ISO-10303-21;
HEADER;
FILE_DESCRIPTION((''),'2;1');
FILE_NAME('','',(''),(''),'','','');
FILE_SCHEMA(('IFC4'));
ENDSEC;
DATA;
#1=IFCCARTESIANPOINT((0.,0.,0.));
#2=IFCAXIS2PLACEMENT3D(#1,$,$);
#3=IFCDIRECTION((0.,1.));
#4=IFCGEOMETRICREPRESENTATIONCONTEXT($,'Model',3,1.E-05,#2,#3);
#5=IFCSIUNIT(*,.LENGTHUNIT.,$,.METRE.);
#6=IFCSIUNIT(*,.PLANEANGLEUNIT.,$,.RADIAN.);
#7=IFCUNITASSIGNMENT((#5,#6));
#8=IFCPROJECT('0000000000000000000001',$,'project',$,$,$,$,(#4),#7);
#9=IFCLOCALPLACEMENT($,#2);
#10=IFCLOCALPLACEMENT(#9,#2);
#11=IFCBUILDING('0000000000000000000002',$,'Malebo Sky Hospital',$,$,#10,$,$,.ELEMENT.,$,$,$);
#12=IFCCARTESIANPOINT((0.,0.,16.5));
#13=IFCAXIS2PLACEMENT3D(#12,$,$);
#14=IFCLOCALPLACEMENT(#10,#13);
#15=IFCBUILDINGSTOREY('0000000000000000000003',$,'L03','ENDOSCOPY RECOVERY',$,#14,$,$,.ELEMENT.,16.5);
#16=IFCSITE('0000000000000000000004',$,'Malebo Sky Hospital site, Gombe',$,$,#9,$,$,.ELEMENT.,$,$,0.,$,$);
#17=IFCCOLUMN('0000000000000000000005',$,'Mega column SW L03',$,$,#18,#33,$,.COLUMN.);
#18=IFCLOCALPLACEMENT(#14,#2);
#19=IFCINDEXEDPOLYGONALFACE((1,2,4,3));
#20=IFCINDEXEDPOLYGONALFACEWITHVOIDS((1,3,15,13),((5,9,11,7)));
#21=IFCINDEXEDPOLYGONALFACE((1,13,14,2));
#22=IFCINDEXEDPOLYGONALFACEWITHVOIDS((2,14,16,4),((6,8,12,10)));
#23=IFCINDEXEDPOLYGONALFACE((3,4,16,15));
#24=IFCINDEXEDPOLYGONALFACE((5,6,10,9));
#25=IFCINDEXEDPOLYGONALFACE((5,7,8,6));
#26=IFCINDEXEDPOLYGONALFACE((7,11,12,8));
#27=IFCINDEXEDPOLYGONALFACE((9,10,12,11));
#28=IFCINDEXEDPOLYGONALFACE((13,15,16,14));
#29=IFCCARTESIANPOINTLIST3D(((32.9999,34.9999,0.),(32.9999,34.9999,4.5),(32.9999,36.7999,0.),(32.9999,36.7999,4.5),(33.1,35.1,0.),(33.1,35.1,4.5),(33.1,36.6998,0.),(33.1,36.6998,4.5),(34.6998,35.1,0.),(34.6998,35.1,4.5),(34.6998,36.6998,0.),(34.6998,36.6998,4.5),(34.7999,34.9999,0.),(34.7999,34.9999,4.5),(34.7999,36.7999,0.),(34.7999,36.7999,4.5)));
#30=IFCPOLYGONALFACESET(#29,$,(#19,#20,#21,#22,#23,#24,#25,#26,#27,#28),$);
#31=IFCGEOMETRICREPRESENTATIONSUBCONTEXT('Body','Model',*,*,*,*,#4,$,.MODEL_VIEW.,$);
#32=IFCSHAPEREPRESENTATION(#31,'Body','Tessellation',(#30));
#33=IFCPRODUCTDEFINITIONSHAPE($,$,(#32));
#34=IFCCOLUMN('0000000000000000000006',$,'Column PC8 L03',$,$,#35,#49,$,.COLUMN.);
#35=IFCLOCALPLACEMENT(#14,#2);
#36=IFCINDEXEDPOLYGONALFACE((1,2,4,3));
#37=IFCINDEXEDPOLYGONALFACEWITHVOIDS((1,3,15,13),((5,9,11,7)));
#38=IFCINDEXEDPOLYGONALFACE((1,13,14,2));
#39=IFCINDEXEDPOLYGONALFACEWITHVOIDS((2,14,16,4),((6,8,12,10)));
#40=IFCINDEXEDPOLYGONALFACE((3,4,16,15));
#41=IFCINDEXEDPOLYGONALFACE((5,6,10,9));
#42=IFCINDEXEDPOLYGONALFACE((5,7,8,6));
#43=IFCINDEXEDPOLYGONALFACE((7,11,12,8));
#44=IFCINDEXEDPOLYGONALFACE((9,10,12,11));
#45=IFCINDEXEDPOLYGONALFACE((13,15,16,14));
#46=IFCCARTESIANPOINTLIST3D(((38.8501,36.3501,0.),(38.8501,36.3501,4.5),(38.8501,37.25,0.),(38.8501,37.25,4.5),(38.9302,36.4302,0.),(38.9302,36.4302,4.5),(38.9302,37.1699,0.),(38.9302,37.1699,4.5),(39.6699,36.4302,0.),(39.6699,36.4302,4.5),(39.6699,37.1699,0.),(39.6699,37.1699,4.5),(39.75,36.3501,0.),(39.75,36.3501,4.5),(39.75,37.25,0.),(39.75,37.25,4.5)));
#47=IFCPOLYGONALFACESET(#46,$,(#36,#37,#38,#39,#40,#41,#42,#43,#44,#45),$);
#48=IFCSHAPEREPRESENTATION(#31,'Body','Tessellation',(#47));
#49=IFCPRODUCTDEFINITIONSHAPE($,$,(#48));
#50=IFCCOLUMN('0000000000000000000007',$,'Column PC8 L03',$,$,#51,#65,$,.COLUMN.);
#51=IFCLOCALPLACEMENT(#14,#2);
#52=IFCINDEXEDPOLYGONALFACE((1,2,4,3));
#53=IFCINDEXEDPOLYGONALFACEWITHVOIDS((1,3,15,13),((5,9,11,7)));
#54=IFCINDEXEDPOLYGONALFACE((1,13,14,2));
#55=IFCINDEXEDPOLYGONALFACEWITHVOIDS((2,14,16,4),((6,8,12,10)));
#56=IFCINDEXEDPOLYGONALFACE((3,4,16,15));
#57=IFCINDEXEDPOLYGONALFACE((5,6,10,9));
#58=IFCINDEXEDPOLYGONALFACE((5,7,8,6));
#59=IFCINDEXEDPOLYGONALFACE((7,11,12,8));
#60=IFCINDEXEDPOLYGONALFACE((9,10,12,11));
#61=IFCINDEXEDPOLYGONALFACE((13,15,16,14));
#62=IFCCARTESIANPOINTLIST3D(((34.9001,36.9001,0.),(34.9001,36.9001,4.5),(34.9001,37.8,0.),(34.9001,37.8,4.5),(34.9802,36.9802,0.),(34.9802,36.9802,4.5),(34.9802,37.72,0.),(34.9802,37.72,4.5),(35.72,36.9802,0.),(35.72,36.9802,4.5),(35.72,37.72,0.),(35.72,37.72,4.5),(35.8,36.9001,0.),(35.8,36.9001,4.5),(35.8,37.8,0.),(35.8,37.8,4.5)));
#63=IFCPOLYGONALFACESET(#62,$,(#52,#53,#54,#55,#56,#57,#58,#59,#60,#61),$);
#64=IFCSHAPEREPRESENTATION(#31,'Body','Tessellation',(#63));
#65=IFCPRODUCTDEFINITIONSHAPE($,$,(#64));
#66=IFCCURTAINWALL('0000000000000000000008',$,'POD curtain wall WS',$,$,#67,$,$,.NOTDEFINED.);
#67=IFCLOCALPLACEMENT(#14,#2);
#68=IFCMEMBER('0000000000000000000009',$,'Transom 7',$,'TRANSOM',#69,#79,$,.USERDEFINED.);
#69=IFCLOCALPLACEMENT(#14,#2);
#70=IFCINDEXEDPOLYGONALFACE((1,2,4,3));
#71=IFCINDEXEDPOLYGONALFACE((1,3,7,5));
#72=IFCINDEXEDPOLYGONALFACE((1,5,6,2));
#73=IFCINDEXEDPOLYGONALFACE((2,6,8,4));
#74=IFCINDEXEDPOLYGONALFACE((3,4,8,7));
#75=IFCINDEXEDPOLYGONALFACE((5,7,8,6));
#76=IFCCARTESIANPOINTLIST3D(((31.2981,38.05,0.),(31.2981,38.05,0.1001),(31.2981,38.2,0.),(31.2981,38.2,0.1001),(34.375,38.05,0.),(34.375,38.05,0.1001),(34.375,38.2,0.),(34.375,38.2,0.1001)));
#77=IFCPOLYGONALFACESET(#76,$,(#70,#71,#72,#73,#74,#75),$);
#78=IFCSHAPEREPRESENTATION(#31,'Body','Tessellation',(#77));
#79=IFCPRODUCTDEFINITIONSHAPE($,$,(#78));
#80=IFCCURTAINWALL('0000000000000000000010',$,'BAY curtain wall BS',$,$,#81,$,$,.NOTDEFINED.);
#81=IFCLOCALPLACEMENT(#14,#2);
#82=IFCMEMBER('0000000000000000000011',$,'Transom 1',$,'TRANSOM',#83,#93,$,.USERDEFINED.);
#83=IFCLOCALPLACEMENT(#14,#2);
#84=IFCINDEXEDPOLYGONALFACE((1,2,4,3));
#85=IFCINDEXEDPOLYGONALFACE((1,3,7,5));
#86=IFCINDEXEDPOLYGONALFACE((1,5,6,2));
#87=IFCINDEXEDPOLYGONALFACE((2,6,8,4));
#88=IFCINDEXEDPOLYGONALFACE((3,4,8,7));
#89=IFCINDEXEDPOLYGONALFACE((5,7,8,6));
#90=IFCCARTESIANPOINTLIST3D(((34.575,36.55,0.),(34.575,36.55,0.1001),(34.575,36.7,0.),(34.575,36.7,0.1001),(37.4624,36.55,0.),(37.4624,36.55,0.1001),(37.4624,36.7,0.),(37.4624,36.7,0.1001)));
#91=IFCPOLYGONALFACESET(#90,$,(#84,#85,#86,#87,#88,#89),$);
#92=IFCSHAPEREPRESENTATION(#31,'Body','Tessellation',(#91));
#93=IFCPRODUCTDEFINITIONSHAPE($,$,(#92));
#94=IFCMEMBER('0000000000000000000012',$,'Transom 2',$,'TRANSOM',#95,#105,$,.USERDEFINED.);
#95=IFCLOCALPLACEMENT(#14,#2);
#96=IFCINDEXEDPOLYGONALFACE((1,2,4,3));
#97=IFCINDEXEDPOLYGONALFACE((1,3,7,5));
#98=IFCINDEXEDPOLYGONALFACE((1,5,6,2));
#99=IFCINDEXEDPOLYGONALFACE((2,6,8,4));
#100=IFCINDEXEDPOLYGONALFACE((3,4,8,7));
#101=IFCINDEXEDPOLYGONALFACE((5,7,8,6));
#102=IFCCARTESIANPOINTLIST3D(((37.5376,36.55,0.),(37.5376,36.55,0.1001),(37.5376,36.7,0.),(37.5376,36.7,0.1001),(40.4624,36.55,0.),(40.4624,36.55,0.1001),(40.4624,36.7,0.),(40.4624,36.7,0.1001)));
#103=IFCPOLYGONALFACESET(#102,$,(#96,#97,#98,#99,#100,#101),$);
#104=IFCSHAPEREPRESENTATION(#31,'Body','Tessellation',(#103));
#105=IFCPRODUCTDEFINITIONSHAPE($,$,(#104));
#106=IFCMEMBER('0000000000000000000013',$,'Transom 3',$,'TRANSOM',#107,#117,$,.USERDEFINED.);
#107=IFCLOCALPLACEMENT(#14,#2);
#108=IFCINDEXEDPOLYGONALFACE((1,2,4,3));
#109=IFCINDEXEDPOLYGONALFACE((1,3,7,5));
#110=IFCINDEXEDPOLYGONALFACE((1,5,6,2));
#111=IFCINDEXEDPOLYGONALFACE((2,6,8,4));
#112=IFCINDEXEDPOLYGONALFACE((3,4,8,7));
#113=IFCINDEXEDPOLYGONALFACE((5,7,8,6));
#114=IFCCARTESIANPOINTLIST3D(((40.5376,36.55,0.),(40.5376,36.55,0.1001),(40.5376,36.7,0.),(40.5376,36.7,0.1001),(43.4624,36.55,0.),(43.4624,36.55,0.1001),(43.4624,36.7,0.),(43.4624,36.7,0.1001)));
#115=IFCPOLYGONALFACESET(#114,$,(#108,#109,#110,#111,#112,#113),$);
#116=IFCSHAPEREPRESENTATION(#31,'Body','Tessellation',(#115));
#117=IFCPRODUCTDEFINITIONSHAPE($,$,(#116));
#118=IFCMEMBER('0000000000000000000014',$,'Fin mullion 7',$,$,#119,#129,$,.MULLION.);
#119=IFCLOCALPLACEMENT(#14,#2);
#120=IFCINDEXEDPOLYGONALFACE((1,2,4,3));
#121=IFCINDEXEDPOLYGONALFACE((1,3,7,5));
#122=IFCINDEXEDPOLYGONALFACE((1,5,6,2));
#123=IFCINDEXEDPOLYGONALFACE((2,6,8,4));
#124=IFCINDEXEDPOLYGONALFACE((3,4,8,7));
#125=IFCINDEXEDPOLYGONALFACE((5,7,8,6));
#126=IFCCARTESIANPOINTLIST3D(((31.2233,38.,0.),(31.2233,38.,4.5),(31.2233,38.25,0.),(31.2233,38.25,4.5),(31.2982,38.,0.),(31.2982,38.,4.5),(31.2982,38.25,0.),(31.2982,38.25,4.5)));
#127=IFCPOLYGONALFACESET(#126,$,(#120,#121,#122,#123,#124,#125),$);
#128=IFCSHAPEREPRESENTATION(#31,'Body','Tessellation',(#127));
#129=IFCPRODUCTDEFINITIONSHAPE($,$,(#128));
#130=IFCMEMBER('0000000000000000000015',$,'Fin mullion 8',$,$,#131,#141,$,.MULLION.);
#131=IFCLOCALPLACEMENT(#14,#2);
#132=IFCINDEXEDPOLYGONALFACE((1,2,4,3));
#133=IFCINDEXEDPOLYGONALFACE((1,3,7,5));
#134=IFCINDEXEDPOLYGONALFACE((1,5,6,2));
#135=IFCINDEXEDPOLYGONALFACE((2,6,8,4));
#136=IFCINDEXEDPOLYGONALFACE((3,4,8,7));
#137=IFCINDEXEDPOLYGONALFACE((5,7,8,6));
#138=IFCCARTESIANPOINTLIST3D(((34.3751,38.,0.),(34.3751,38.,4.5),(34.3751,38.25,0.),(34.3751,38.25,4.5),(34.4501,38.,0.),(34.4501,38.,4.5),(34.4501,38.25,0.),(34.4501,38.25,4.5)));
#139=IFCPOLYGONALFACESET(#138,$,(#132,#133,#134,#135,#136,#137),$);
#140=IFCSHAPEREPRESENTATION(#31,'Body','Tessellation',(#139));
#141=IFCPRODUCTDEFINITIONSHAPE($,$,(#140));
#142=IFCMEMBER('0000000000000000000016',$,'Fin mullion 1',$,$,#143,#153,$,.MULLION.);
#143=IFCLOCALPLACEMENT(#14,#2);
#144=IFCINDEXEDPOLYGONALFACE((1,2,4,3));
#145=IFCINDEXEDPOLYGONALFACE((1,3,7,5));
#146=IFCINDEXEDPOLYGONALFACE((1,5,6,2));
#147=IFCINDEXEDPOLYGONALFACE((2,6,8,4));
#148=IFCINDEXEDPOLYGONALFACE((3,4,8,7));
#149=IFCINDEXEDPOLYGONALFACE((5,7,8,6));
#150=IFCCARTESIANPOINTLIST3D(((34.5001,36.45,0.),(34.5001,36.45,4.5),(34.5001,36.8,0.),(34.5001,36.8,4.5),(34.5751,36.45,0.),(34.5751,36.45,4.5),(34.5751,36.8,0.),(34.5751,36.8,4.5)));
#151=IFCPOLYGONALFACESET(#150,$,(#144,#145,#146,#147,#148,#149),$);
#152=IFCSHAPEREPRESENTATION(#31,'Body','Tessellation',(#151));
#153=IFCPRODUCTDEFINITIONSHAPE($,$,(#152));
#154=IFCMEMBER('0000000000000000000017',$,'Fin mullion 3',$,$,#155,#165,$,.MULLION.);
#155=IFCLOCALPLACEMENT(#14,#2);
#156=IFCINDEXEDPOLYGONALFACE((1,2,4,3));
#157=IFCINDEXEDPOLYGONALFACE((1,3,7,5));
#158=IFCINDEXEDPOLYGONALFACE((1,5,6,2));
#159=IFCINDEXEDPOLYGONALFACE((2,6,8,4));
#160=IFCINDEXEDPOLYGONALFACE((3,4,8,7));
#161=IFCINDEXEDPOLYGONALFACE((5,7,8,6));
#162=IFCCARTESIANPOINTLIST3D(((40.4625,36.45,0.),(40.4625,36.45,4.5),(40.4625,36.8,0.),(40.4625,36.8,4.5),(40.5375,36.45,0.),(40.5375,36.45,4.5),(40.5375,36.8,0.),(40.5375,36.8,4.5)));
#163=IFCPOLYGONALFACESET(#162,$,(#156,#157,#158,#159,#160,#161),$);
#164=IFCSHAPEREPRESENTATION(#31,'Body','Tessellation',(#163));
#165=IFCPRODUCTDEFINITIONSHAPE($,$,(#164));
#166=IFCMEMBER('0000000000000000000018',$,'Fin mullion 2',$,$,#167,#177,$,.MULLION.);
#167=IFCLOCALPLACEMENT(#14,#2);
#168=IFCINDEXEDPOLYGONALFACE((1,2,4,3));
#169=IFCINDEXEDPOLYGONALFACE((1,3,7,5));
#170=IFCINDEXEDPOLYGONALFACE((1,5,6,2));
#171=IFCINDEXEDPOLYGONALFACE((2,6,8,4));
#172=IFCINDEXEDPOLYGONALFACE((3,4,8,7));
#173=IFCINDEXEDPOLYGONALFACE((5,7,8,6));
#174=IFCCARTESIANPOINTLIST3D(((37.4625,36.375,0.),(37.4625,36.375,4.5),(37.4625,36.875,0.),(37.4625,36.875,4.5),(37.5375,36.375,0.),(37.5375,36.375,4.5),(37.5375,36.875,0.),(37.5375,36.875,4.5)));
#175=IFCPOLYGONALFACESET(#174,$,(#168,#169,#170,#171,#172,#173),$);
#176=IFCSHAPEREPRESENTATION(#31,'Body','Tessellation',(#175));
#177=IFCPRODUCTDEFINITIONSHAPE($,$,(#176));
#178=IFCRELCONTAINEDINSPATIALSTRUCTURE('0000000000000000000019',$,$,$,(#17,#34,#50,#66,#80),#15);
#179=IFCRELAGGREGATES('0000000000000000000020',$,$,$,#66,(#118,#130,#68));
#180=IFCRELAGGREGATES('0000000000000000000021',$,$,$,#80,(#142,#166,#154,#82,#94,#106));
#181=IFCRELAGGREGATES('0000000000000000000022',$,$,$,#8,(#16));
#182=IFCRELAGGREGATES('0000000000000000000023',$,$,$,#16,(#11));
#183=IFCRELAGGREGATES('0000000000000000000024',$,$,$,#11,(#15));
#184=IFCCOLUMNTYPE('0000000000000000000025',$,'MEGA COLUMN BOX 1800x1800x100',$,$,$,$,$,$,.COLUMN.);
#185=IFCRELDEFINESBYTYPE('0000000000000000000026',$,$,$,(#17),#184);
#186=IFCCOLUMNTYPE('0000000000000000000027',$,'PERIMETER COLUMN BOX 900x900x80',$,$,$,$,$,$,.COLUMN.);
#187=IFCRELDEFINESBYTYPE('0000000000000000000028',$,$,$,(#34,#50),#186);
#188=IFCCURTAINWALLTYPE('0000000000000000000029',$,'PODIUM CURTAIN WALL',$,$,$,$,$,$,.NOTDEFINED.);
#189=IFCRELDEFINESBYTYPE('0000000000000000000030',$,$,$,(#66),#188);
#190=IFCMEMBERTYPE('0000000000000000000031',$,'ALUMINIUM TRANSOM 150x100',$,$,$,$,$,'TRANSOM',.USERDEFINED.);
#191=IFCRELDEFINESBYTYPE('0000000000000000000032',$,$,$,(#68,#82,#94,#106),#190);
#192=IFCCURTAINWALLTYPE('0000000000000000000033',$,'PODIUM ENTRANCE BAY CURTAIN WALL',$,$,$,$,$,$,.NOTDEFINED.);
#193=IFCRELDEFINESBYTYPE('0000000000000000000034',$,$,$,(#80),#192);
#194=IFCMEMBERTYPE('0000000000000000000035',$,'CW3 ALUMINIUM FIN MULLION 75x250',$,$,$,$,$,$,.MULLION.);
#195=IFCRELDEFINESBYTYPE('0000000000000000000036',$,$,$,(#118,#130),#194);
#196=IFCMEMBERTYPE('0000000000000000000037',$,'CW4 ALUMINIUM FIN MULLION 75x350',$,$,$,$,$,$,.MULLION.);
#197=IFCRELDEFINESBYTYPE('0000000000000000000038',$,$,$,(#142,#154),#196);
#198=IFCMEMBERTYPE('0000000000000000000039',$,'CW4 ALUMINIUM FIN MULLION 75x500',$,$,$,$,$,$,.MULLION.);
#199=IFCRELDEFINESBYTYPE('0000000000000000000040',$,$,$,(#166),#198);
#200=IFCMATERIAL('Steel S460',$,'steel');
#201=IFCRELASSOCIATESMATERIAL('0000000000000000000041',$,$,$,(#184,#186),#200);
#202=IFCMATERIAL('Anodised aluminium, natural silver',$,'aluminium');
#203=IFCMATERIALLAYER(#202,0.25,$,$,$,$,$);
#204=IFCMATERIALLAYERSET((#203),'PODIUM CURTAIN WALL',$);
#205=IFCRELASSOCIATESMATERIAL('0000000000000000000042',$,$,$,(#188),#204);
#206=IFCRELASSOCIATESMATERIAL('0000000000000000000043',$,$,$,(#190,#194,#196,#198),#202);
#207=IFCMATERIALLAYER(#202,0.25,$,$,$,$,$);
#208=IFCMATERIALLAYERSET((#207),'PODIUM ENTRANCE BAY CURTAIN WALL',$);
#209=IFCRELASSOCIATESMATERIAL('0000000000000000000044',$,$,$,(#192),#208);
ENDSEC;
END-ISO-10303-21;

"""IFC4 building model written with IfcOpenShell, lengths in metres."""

from ifc_helpers import new_model, si_unit, direction, frame, origin, origin_2d, place, context, subcontext, project, spatial, rectangle, hollow_rectangle, extrude, material, layer, layer_set, material_profile, profile_set, type_object, element, aggregate, save


model = new_model("IFC4")

# Units and contexts
model_context = context("Model", 3, precision=1e-05, world=origin(), true_north=direction((0.0, 1.0)))
body_context = subcontext(model_context, "Body", "Model", "MODEL_VIEW")
ifc_project = project(units=[si_unit("LENGTHUNIT", "METRE"), si_unit("PLANEANGLEUNIT", "RADIAN")], contexts=[model_context])

# Site, building, storey
site_placement = place(None, origin())
site = spatial("IfcSite", under=ifc_project, at=site_placement, Name="Malebo Sky Hospital site, Gombe", CompositionType="ELEMENT", RefElevation=0.0)
building_placement = place(site_placement, origin())
building = spatial("IfcBuilding", under=site, at=building_placement, Name="Malebo Sky Hospital", CompositionType="ELEMENT")
storey_placement = place(building_placement, frame((0.0, 0.0, 16.5)))
storey = spatial("IfcBuildingStorey", under=building, at=storey_placement, Name="L03", Description="ENDOSCOPY RECOVERY", CompositionType="ELEMENT", Elevation=16.5)

# Columns
ifc_material_1 = material(Name="Steel S460", Category="steel")
ifc_material_profile_1 = material_profile(ifc_material_1, hollow_rectangle(XDim=1.8, YDim=1.8, WallThickness=0.1001, at=origin_2d()), Name="BOX 1800x1800x100")
ifc_profile_set_1 = profile_set([ifc_material_profile_1], Name="Steel S460")
column_type_1 = type_object("IfcColumnType", Name="MEGA COLUMN BOX 1800x1800x100", PredefinedType="COLUMN", material=ifc_profile_set_1)
column_placement = place(storey_placement, frame((33.8999, 35.8999, 0.0), z_axis=(0.0, 0.0, 1.0), x_axis=(1.0, 0.0, 0.0)))
element("IfcColumn", 1, at=column_placement, inside=storey, type_object=column_type_1, Name="Mega column SW L03", PredefinedType="COLUMN", context=body_context, shape_type="SweptSolid", body=[
    extrude(hollow_rectangle(XDim=1.8, YDim=1.8, WallThickness=0.1001, at=origin_2d()), origin(), (0.0, 0.0, 1.0), 4.5),
])
ifc_material_profile_2 = material_profile(ifc_material_1, hollow_rectangle(XDim=0.8999, YDim=0.8999, WallThickness=0.0801, at=origin_2d()), Name="BOX 900x900x80")
ifc_profile_set_2 = profile_set([ifc_material_profile_2], Name="Steel S460")
column_type_2 = type_object("IfcColumnType", Name="PERIMETER COLUMN BOX 900x900x80", PredefinedType="COLUMN", material=ifc_profile_set_2)
for number, where, z_axis, x_axis, name in (
    (2, (39.3, 36.8, 0.0), (0.0, 0.0, 1.0), (1.0, 0.0, 0.0), "Column PC8 L03"),
    (3, (35.3501, 37.3501, 0.0), (0.0, 0.0, 1.0), (1.0, 0.0, 0.0), "Column PC8 L03"),
):
    element("IfcColumn", number, at=place(storey_placement, frame(where, z_axis=z_axis, x_axis=x_axis)), inside=storey, type_object=column_type_2, Name=name, PredefinedType="COLUMN", context=body_context, shape_type="SweptSolid", body=[
        extrude(hollow_rectangle(XDim=0.8999, YDim=0.8999, WallThickness=0.0801, at=origin_2d()), origin(), (0.0, 0.0, 1.0), 4.5),
    ])

# Curtain wall, member
ifc_material_2 = material(Name="Anodised aluminium, natural silver", Category="aluminium")
ifc_layer_1 = layer(ifc_material_2, 0.25)
ifc_layer_set_1 = layer_set([ifc_layer_1], Name="PODIUM CURTAIN WALL")
curtain_wall_type_1 = type_object("IfcCurtainWallType", Name="PODIUM CURTAIN WALL", PredefinedType="NOTDEFINED", material=ifc_layer_set_1)
curtain_wall_1_placement = place(storey_placement, origin())
curtain_wall_1 = element("IfcCurtainWall", 4, at=curtain_wall_1_placement, inside=storey, type_object=curtain_wall_type_1, Name="POD curtain wall WS", PredefinedType="NOTDEFINED")
ifc_material_profile_3 = material_profile(ifc_material_2, rectangle(XDim=0.1499, YDim=0.1001, at=origin_2d()), Name="ALUMINIUM TRANSOM 150x100")
ifc_profile_set_3 = profile_set([ifc_material_profile_3], Name="Anodised aluminium, natural silver")
member_type_1 = type_object("IfcMemberType", Name="ALUMINIUM TRANSOM 150x100", ElementType="TRANSOM", PredefinedType="USERDEFINED", material=ifc_profile_set_3)
member_1_placement = place(storey_placement, frame((31.2981, 38.125, 0.05), z_axis=(1.0, 0.0, 0.0), x_axis=(0.0, 1.0, 0.0)))
member_1 = element("IfcMember", 5, at=member_1_placement, type_object=member_type_1, Name="Transom 7", ObjectType="TRANSOM", PredefinedType="USERDEFINED", context=body_context, shape_type="SweptSolid", body=[
    extrude(rectangle(XDim=0.1499, YDim=0.1001, at=origin_2d()), origin(), (0.0, 0.0, 1.0), 3.0769),
])

# Curtain wall, members
ifc_layer_2 = layer(ifc_material_2, 0.25)
ifc_layer_set_2 = layer_set([ifc_layer_2], Name="PODIUM ENTRANCE BAY CURTAIN WALL")
curtain_wall_type_2 = type_object("IfcCurtainWallType", Name="PODIUM ENTRANCE BAY CURTAIN WALL", PredefinedType="NOTDEFINED", material=ifc_layer_set_2)
curtain_wall_2_placement = place(storey_placement, origin())
curtain_wall_2 = element("IfcCurtainWall", 6, at=curtain_wall_2_placement, inside=storey, type_object=curtain_wall_type_2, Name="BAY curtain wall BS", PredefinedType="NOTDEFINED")
member_2_placement = place(storey_placement, frame((34.575, 36.625, 0.05), z_axis=(1.0, 0.0, 0.0), x_axis=(0.0, 1.0, 0.0)))
member_2 = element("IfcMember", 7, at=member_2_placement, type_object=member_type_1, Name="Transom 1", ObjectType="TRANSOM", PredefinedType="USERDEFINED", context=body_context, shape_type="SweptSolid", body=[
    extrude(rectangle(XDim=0.1499, YDim=0.1001, at=origin_2d()), origin(), (0.0, 0.0, 1.0), 2.8875),
])
member_3_placement = place(storey_placement, frame((37.5376, 36.625, 0.05), z_axis=(1.0, 0.0, 0.0), x_axis=(0.0, 1.0, 0.0)))
member_3 = element("IfcMember", 8, at=member_3_placement, type_object=member_type_1, Name="Transom 2", ObjectType="TRANSOM", PredefinedType="USERDEFINED", context=body_context, shape_type="SweptSolid", body=[
    extrude(rectangle(XDim=0.1499, YDim=0.1001, at=origin_2d()), origin(), (0.0, 0.0, 1.0), 2.9248),
])
member_4_placement = place(storey_placement, frame((40.5376, 36.625, 0.05), z_axis=(1.0, 0.0, 0.0), x_axis=(0.0, 1.0, 0.0)))
member_4 = element("IfcMember", 9, at=member_4_placement, type_object=member_type_1, Name="Transom 3", ObjectType="TRANSOM", PredefinedType="USERDEFINED", context=body_context, shape_type="SweptSolid", body=[
    extrude(rectangle(XDim=0.1499, YDim=0.1001, at=origin_2d()), origin(), (0.0, 0.0, 1.0), 2.9248),
])

# Members
ifc_material_profile_4 = material_profile(ifc_material_2, rectangle(XDim=0.075, YDim=0.25, at=origin_2d()), Name="CW3 ALUMINIUM FIN MULLION 75x250")
ifc_profile_set_4 = profile_set([ifc_material_profile_4], Name="Anodised aluminium, natural silver")
member_type_2 = type_object("IfcMemberType", Name="CW3 ALUMINIUM FIN MULLION 75x250", PredefinedType="MULLION", material=ifc_profile_set_4)
member_5_placement = place(storey_placement, frame((31.2607, 38.125, 0.0), z_axis=(0.0, 0.0, 1.0), x_axis=(1.0, 0.0, 0.0)))
member_5 = element("IfcMember", 10, at=member_5_placement, type_object=member_type_2, Name="Fin mullion 7", PredefinedType="MULLION", context=body_context, shape_type="SweptSolid", body=[
    extrude(rectangle(XDim=0.075, YDim=0.25, at=origin_2d()), origin(), (0.0, 0.0, 1.0), 4.5),
])
member_6_placement = place(storey_placement, frame((34.4126, 38.125, 0.0), z_axis=(0.0, 0.0, 1.0), x_axis=(1.0, 0.0, 0.0)))
member_6 = element("IfcMember", 11, at=member_6_placement, type_object=member_type_2, Name="Fin mullion 8", PredefinedType="MULLION", context=body_context, shape_type="SweptSolid", body=[
    extrude(rectangle(XDim=0.075, YDim=0.25, at=origin_2d()), origin(), (0.0, 0.0, 1.0), 4.5),
])
ifc_material_profile_5 = material_profile(ifc_material_2, rectangle(XDim=0.075, YDim=0.3501, at=origin_2d()), Name="CW4 ALUMINIUM FIN MULLION 75x350")
ifc_profile_set_5 = profile_set([ifc_material_profile_5], Name="Anodised aluminium, natural silver")
member_type_3 = type_object("IfcMemberType", Name="CW4 ALUMINIUM FIN MULLION 75x350", PredefinedType="MULLION", material=ifc_profile_set_5)
member_7_placement = place(storey_placement, frame((34.5376, 36.625, 0.0), z_axis=(0.0, 0.0, 1.0), x_axis=(1.0, 0.0, 0.0)))
member_7 = element("IfcMember", 12, at=member_7_placement, type_object=member_type_3, Name="Fin mullion 1", PredefinedType="MULLION", context=body_context, shape_type="SweptSolid", body=[
    extrude(rectangle(XDim=0.075, YDim=0.3501, at=origin_2d()), origin(), (0.0, 0.0, 1.0), 4.5),
])
member_8_placement = place(storey_placement, frame((40.5, 36.625, 0.0), z_axis=(0.0, 0.0, 1.0), x_axis=(1.0, 0.0, 0.0)))
member_8 = element("IfcMember", 13, at=member_8_placement, type_object=member_type_3, Name="Fin mullion 3", PredefinedType="MULLION", context=body_context, shape_type="SweptSolid", body=[
    extrude(rectangle(XDim=0.075, YDim=0.3501, at=origin_2d()), origin(), (0.0, 0.0, 1.0), 4.5),
])
ifc_material_profile_6 = material_profile(ifc_material_2, rectangle(XDim=0.075, YDim=0.5, at=origin_2d()), Name="CW4 ALUMINIUM FIN MULLION 75x500")
ifc_profile_set_6 = profile_set([ifc_material_profile_6], Name="Anodised aluminium, natural silver")
member_type_4 = type_object("IfcMemberType", Name="CW4 ALUMINIUM FIN MULLION 75x500", PredefinedType="MULLION", material=ifc_profile_set_6)
member_9_placement = place(storey_placement, frame((37.5, 36.625, 0.0), z_axis=(0.0, 0.0, 1.0), x_axis=(1.0, 0.0, 0.0)))
member_9 = element("IfcMember", 14, at=member_9_placement, type_object=member_type_4, Name="Fin mullion 2", PredefinedType="MULLION", context=body_context, shape_type="SweptSolid", body=[
    extrude(rectangle(XDim=0.075, YDim=0.5, at=origin_2d()), origin(), (0.0, 0.0, 1.0), 4.5),
])

aggregate(curtain_wall_1, [member_5, member_6, member_1])
aggregate(curtain_wall_2, [member_7, member_9, member_8, member_2, member_3, member_4])

save(model, "model.ifc")
